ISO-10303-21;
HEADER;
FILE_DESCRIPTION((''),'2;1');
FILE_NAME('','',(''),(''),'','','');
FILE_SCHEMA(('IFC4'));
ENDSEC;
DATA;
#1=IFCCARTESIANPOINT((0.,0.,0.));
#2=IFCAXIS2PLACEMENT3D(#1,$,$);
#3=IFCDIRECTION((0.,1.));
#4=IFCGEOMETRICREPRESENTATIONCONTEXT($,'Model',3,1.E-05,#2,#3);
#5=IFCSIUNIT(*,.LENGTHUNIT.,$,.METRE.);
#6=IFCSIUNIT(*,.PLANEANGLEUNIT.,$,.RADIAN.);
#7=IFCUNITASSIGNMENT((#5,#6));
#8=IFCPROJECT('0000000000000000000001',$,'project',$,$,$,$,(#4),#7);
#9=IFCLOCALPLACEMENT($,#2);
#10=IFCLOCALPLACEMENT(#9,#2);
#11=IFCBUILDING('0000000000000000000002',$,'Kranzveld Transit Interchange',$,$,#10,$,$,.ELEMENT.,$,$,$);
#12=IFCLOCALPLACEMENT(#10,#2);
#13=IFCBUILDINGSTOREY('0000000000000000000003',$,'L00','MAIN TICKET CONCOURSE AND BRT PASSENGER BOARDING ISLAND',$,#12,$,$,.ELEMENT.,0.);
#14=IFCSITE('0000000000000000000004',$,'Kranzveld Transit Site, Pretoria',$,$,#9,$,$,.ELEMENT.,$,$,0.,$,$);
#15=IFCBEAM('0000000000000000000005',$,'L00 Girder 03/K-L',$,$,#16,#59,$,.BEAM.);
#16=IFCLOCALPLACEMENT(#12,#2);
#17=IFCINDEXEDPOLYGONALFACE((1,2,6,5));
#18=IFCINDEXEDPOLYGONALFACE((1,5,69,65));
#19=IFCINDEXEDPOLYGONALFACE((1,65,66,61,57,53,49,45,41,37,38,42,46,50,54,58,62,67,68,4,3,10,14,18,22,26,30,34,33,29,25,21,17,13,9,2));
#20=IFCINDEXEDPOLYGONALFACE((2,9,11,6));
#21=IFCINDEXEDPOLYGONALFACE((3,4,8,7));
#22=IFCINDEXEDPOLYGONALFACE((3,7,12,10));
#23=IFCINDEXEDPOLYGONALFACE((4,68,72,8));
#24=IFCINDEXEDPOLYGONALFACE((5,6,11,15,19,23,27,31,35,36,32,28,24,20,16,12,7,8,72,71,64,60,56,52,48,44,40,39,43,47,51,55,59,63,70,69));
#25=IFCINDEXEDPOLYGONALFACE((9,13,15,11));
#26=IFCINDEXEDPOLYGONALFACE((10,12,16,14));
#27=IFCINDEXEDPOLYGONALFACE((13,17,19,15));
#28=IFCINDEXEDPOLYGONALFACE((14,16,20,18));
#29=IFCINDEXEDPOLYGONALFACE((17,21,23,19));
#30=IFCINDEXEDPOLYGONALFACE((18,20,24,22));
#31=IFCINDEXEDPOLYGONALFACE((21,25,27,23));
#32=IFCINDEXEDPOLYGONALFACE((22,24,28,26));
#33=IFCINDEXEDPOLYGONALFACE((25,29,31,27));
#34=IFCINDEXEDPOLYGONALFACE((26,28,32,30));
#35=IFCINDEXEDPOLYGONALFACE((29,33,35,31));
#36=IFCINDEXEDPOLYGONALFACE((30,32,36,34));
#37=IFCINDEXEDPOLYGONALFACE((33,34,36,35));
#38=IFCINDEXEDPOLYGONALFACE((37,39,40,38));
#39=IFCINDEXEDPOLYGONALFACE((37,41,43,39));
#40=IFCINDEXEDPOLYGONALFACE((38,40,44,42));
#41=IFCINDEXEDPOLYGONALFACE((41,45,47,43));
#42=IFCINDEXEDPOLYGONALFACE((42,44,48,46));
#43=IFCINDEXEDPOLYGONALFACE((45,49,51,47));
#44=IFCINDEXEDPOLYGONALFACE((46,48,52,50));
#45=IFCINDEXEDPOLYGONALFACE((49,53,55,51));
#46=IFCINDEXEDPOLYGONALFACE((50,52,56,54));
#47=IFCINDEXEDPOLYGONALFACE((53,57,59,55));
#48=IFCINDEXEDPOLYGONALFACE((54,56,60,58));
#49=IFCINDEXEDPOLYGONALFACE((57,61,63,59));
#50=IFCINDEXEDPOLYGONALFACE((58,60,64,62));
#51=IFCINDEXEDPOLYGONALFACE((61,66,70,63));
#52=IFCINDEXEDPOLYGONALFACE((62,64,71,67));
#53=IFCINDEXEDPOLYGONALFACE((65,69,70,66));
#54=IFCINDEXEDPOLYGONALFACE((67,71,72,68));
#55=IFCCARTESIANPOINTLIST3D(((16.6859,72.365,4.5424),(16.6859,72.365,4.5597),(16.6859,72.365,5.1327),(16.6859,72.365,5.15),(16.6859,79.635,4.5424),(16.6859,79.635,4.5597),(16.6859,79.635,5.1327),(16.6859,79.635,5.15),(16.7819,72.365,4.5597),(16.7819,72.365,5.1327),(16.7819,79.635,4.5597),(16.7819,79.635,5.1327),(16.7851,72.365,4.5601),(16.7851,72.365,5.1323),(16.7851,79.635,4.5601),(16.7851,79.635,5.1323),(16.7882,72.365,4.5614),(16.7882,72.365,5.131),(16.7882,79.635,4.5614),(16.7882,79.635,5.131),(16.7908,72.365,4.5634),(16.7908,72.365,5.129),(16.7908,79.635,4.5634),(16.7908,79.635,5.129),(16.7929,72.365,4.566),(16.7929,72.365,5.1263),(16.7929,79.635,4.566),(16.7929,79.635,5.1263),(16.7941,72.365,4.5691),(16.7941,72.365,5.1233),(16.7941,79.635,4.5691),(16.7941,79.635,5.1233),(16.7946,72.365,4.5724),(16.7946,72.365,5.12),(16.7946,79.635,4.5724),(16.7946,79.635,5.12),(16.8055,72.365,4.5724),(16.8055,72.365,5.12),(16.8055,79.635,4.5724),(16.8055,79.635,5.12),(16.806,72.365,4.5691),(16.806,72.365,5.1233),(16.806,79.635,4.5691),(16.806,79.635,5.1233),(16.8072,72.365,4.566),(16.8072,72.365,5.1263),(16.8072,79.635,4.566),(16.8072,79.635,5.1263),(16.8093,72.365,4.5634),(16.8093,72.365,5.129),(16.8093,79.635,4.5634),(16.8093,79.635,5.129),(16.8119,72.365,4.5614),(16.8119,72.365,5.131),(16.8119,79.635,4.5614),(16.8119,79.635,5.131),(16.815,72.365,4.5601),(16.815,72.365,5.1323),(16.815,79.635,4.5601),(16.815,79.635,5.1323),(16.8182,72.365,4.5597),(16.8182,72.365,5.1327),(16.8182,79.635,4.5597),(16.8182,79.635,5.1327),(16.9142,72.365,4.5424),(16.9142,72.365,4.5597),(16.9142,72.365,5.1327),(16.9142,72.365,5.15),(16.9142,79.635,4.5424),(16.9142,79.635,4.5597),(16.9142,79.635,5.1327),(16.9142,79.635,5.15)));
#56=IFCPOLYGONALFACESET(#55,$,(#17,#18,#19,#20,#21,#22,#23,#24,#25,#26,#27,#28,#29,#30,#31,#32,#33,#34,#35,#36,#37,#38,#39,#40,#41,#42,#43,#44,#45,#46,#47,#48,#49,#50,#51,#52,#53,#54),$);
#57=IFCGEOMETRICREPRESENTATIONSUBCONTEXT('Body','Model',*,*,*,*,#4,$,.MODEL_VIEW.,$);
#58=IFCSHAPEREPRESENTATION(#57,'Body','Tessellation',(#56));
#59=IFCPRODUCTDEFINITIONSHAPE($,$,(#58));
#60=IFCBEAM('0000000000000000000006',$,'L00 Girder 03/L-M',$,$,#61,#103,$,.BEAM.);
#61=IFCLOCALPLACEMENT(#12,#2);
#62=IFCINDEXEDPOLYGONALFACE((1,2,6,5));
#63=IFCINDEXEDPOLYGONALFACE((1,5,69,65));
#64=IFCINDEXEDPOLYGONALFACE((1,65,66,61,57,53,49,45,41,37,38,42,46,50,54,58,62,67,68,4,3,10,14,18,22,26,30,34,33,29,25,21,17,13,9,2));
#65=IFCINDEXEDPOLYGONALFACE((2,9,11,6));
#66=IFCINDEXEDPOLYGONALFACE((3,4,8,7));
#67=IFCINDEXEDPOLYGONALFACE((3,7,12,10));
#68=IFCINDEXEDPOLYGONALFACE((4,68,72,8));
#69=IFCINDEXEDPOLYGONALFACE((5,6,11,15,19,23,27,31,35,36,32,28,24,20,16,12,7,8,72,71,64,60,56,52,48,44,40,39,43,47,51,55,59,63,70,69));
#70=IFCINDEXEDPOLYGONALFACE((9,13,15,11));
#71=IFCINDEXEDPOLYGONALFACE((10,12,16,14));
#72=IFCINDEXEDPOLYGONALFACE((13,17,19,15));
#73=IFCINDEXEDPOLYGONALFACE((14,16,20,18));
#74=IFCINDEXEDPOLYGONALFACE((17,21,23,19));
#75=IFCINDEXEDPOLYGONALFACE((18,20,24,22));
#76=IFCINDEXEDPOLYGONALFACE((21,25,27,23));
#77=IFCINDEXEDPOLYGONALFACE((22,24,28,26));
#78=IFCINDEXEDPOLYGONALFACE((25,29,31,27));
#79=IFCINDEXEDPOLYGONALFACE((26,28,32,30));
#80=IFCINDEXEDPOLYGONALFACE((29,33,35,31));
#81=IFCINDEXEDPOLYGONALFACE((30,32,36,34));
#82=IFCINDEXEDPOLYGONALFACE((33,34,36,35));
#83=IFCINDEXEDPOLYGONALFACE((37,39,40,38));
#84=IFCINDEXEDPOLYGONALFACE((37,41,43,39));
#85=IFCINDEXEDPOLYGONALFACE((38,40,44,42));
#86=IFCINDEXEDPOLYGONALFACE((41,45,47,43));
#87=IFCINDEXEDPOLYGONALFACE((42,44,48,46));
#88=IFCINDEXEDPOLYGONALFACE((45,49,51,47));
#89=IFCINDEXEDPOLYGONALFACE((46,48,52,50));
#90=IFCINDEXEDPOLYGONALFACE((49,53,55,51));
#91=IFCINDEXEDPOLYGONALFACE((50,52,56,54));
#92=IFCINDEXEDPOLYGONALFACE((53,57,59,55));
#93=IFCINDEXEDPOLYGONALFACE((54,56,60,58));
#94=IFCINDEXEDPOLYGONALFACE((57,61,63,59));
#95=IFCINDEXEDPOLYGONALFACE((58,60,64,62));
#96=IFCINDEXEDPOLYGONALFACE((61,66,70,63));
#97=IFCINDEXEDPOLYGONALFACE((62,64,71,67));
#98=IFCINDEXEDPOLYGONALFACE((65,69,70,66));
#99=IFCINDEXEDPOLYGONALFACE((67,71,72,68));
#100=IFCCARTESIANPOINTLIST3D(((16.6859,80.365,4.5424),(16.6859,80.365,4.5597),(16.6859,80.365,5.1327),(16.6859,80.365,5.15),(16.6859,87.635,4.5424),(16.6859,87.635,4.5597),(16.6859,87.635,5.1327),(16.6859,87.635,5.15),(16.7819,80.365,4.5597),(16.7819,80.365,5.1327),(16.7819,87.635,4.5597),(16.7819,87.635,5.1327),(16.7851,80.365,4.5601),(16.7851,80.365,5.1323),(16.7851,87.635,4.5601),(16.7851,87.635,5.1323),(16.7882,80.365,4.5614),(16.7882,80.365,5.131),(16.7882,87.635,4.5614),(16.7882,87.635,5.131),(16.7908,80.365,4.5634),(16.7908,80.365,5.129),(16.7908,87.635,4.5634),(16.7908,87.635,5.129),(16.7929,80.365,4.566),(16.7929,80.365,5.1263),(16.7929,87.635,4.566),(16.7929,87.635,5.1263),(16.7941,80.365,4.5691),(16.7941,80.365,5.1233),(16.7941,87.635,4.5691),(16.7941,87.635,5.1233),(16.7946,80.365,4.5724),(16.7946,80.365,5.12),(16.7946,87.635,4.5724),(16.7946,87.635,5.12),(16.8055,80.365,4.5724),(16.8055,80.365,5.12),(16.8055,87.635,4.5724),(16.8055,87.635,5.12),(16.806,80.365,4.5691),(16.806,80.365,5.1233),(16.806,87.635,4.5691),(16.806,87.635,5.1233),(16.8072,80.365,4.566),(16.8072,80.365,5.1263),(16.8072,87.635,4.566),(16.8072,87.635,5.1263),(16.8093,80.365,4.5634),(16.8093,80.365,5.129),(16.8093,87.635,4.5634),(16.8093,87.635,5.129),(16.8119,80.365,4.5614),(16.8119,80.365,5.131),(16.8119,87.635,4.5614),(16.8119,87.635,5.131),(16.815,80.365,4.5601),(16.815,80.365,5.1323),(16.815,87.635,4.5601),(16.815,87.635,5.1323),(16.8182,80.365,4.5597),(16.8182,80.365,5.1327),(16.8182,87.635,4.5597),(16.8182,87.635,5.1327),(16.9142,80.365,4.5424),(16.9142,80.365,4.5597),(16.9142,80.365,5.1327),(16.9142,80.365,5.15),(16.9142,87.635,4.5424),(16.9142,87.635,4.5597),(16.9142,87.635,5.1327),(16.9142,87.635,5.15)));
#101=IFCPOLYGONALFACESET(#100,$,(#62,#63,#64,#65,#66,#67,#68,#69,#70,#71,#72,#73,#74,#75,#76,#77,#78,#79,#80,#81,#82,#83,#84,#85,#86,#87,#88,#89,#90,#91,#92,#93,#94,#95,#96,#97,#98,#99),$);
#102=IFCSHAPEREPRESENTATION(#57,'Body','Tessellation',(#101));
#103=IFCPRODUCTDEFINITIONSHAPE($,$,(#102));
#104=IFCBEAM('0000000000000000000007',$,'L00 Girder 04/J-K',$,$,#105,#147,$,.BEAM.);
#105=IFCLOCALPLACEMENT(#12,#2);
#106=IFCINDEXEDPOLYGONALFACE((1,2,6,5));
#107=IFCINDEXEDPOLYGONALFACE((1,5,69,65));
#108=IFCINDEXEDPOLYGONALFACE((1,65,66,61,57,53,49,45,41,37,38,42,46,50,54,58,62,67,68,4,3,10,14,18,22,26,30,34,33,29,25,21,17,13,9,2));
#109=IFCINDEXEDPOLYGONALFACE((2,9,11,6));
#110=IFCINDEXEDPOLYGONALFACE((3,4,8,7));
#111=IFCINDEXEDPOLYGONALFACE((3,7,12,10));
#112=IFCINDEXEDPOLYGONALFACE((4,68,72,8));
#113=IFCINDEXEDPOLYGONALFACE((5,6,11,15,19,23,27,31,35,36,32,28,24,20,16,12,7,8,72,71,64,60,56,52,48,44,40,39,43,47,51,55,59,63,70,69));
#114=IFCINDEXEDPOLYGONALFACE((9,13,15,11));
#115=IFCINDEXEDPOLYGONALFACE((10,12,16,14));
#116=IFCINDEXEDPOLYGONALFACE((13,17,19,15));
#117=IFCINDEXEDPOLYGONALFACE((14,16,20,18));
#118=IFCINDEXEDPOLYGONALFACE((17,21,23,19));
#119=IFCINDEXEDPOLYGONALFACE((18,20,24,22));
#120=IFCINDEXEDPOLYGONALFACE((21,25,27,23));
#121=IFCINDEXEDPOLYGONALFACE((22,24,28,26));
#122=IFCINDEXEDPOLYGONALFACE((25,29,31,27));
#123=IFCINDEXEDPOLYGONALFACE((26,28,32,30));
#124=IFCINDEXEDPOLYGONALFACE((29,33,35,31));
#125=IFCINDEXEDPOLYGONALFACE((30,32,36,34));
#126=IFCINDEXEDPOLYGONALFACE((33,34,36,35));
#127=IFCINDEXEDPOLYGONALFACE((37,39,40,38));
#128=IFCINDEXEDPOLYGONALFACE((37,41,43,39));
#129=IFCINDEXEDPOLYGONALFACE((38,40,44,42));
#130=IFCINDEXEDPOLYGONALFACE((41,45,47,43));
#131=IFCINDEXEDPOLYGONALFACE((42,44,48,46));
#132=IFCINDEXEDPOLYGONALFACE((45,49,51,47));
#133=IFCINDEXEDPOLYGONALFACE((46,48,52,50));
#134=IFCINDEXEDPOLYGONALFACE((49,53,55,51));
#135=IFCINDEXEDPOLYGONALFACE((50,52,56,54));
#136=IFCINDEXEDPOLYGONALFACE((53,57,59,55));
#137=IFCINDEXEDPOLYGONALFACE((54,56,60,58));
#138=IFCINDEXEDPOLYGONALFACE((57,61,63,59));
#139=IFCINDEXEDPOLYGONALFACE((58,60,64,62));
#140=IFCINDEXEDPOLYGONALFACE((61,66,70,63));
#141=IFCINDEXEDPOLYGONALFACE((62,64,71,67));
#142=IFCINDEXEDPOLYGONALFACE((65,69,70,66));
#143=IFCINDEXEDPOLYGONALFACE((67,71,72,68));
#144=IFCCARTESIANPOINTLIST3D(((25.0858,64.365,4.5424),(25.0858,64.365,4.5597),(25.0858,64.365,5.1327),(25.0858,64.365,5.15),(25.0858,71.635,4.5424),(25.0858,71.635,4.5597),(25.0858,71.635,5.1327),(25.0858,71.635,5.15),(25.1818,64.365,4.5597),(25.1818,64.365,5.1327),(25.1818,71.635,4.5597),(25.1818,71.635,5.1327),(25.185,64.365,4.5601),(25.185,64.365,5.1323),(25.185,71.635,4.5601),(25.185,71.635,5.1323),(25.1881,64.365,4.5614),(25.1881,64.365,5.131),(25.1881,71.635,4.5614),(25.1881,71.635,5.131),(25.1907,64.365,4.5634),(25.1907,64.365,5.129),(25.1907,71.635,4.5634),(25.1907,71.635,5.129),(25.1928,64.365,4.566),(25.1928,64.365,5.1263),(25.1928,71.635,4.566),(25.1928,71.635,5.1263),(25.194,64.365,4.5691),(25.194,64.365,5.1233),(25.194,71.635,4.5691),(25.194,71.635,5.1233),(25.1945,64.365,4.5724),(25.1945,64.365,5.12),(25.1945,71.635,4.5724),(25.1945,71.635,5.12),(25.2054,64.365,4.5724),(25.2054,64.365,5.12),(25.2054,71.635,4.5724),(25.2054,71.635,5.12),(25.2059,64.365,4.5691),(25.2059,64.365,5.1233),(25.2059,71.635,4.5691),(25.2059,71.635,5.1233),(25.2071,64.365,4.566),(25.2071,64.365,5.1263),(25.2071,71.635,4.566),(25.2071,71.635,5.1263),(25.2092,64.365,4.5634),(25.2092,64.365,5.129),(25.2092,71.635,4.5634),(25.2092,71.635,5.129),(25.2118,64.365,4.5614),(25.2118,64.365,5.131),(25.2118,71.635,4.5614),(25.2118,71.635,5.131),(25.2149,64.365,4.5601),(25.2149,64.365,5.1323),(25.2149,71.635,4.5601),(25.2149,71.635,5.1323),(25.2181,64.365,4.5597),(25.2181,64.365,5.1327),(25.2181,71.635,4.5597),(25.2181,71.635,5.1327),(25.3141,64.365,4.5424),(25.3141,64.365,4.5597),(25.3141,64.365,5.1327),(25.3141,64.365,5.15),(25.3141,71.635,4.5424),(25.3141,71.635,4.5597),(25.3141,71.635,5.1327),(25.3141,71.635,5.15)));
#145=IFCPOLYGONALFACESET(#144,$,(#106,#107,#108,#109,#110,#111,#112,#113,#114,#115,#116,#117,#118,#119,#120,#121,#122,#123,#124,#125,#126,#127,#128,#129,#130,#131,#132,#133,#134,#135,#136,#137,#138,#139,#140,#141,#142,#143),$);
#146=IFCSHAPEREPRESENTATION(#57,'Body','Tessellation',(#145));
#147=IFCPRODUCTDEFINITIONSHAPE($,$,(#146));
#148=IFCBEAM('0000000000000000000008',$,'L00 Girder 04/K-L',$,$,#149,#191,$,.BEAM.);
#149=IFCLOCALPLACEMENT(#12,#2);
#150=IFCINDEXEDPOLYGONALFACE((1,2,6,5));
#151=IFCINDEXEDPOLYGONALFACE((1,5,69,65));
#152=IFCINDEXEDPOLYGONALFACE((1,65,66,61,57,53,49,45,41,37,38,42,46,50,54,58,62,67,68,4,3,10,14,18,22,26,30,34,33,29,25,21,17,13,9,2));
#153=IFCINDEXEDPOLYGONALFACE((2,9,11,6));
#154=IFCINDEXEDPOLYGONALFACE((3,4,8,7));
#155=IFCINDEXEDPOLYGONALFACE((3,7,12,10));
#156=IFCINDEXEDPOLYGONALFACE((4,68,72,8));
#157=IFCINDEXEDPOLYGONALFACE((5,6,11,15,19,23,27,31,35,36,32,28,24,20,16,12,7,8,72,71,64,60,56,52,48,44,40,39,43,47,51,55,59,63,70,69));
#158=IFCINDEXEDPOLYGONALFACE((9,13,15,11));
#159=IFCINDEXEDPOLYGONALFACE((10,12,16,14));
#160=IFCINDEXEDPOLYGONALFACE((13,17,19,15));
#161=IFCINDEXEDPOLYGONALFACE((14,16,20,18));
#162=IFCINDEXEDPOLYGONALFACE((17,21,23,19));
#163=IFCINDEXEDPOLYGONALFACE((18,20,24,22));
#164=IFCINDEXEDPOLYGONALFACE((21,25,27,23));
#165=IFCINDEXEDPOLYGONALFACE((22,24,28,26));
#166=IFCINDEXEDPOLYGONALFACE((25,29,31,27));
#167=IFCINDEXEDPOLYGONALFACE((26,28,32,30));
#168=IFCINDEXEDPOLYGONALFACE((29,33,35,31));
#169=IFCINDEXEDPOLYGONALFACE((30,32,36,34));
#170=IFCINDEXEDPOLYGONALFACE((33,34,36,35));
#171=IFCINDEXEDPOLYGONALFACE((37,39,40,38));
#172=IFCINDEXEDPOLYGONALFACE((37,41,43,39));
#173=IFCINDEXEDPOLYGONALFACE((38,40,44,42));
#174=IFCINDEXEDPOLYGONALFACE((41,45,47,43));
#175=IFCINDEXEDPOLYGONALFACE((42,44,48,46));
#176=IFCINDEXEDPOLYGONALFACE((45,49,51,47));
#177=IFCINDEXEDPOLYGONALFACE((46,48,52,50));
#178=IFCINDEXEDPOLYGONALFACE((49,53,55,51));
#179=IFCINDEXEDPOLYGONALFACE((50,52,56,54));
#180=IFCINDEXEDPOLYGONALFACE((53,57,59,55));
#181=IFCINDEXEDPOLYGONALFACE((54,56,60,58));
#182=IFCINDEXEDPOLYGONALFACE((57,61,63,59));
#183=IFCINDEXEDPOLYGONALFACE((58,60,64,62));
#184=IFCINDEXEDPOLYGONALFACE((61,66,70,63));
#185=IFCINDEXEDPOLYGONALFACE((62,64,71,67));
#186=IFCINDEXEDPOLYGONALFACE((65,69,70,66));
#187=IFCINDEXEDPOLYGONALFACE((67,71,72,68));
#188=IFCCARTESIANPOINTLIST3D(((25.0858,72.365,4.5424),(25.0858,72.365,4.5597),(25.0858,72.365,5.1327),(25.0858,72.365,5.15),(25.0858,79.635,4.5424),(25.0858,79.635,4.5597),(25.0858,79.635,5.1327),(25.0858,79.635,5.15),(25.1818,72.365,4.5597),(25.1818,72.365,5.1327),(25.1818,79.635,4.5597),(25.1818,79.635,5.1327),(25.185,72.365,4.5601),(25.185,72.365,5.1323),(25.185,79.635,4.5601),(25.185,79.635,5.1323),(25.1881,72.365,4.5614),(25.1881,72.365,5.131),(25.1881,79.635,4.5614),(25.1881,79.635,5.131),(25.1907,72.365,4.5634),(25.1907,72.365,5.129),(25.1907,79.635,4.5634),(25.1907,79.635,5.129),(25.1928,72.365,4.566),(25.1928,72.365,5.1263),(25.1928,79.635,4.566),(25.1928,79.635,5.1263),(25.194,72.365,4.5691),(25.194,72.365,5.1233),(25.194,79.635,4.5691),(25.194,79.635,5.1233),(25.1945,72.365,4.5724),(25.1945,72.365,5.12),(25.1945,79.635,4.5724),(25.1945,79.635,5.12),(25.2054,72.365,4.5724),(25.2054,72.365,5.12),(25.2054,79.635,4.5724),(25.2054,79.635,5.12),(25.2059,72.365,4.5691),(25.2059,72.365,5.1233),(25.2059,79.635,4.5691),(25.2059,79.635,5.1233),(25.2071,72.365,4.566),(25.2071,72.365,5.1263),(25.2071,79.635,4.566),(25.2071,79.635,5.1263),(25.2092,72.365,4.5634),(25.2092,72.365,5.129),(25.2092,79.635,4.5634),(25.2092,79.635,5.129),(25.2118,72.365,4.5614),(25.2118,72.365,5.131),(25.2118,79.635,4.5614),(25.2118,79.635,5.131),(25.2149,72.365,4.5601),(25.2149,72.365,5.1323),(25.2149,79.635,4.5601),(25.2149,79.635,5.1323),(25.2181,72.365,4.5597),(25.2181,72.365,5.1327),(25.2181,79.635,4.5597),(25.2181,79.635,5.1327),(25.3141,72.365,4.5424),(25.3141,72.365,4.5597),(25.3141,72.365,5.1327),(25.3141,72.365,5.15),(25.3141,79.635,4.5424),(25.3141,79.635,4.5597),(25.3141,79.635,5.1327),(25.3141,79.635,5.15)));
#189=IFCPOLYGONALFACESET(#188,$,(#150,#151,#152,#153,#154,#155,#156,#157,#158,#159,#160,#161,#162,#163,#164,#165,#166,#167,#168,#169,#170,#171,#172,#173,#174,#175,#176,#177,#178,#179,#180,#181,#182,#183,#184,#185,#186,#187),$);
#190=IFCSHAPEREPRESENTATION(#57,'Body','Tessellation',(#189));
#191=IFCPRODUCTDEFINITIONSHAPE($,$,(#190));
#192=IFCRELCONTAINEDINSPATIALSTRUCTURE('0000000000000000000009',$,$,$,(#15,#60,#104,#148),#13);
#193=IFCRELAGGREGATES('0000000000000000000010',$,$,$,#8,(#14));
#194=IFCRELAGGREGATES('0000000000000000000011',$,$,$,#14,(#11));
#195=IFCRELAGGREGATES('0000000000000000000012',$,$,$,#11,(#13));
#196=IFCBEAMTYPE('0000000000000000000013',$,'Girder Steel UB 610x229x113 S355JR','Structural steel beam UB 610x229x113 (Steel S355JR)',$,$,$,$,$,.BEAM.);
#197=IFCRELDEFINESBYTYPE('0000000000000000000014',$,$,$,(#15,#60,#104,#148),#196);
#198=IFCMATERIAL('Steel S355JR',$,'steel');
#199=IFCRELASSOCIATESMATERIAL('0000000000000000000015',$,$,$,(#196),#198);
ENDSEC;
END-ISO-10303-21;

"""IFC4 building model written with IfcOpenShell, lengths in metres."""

from ifc_helpers import new_model, si_unit, direction, frame, origin, origin_2d, place, context, subcontext, project, spatial, i_section, extrude, material, material_profile, profile_set, type_object, element, save


model = new_model("IFC4")

# Units and contexts
model_context = context("Model", 3, precision=1e-05, world=origin(), true_north=direction((0.0, 1.0)))
body_context = subcontext(model_context, "Body", "Model", "MODEL_VIEW")
ifc_project = project(units=[si_unit("LENGTHUNIT", "METRE"), si_unit("PLANEANGLEUNIT", "RADIAN")], contexts=[model_context])

# Site, building, storey
site_placement = place(None, origin())
site = spatial("IfcSite", under=ifc_project, at=site_placement, Name="Kranzveld Transit Site, Pretoria", CompositionType="ELEMENT", RefElevation=0.0)
building_placement = place(site_placement, origin())
building = spatial("IfcBuilding", under=site, at=building_placement, Name="Kranzveld Transit Interchange", CompositionType="ELEMENT")
storey_placement = place(building_placement, origin())
storey = spatial("IfcBuildingStorey", under=building, at=storey_placement, Name="L00", Description="MAIN TICKET CONCOURSE AND BRT PASSENGER BOARDING ISLAND", CompositionType="ELEMENT", Elevation=0.0)

# Beams
ifc_material_1 = material(Name="Steel S355JR", Category="steel")
ifc_material_profile_1 = material_profile(ifc_material_1, i_section(OverallWidth=0.2283, OverallDepth=0.6077, WebThickness=0.011, FlangeThickness=0.0173, FilletRadius=0.0127, at=origin_2d()), Name="UB 610x229x113")
ifc_profile_set_1 = profile_set([ifc_material_profile_1], Name="Steel S355JR")
beam_type_1 = type_object("IfcBeamType", Name="Girder Steel UB 610x229x113 S355JR", Description="Structural steel beam UB 610x229x113 (Steel S355JR)", PredefinedType="BEAM", material=ifc_profile_set_1)
for number, where, z_axis, x_axis, name in (
    (1, (16.8, 72.365, 4.8462), (0.0, 1.0, 0.0), (-1.0, 0.0, 0.0), "L00 Girder 03/K-L"),
    (2, (16.8, 80.365, 4.8462), (0.0, 1.0, 0.0), (-1.0, 0.0, 0.0), "L00 Girder 03/L-M"),
    (3, (25.2, 64.365, 4.8462), (0.0, 1.0, 0.0), (-1.0, 0.0, 0.0), "L00 Girder 04/J-K"),
    (4, (25.2, 72.365, 4.8462), (0.0, 1.0, 0.0), (-1.0, 0.0, 0.0), "L00 Girder 04/K-L"),
):
    element("IfcBeam", number, at=place(storey_placement, frame(where, z_axis=z_axis, x_axis=x_axis)), inside=storey, type_object=beam_type_1, Name=name, PredefinedType="BEAM", context=body_context, shape_type="SweptSolid", body=[
        extrude(i_section(OverallWidth=0.2283, OverallDepth=0.6077, WebThickness=0.011, FlangeThickness=0.0173, FilletRadius=0.0127, at=origin_2d()), origin(), (0.0, 0.0, 1.0), 7.27),
    ])

save(model, "model.ifc")
